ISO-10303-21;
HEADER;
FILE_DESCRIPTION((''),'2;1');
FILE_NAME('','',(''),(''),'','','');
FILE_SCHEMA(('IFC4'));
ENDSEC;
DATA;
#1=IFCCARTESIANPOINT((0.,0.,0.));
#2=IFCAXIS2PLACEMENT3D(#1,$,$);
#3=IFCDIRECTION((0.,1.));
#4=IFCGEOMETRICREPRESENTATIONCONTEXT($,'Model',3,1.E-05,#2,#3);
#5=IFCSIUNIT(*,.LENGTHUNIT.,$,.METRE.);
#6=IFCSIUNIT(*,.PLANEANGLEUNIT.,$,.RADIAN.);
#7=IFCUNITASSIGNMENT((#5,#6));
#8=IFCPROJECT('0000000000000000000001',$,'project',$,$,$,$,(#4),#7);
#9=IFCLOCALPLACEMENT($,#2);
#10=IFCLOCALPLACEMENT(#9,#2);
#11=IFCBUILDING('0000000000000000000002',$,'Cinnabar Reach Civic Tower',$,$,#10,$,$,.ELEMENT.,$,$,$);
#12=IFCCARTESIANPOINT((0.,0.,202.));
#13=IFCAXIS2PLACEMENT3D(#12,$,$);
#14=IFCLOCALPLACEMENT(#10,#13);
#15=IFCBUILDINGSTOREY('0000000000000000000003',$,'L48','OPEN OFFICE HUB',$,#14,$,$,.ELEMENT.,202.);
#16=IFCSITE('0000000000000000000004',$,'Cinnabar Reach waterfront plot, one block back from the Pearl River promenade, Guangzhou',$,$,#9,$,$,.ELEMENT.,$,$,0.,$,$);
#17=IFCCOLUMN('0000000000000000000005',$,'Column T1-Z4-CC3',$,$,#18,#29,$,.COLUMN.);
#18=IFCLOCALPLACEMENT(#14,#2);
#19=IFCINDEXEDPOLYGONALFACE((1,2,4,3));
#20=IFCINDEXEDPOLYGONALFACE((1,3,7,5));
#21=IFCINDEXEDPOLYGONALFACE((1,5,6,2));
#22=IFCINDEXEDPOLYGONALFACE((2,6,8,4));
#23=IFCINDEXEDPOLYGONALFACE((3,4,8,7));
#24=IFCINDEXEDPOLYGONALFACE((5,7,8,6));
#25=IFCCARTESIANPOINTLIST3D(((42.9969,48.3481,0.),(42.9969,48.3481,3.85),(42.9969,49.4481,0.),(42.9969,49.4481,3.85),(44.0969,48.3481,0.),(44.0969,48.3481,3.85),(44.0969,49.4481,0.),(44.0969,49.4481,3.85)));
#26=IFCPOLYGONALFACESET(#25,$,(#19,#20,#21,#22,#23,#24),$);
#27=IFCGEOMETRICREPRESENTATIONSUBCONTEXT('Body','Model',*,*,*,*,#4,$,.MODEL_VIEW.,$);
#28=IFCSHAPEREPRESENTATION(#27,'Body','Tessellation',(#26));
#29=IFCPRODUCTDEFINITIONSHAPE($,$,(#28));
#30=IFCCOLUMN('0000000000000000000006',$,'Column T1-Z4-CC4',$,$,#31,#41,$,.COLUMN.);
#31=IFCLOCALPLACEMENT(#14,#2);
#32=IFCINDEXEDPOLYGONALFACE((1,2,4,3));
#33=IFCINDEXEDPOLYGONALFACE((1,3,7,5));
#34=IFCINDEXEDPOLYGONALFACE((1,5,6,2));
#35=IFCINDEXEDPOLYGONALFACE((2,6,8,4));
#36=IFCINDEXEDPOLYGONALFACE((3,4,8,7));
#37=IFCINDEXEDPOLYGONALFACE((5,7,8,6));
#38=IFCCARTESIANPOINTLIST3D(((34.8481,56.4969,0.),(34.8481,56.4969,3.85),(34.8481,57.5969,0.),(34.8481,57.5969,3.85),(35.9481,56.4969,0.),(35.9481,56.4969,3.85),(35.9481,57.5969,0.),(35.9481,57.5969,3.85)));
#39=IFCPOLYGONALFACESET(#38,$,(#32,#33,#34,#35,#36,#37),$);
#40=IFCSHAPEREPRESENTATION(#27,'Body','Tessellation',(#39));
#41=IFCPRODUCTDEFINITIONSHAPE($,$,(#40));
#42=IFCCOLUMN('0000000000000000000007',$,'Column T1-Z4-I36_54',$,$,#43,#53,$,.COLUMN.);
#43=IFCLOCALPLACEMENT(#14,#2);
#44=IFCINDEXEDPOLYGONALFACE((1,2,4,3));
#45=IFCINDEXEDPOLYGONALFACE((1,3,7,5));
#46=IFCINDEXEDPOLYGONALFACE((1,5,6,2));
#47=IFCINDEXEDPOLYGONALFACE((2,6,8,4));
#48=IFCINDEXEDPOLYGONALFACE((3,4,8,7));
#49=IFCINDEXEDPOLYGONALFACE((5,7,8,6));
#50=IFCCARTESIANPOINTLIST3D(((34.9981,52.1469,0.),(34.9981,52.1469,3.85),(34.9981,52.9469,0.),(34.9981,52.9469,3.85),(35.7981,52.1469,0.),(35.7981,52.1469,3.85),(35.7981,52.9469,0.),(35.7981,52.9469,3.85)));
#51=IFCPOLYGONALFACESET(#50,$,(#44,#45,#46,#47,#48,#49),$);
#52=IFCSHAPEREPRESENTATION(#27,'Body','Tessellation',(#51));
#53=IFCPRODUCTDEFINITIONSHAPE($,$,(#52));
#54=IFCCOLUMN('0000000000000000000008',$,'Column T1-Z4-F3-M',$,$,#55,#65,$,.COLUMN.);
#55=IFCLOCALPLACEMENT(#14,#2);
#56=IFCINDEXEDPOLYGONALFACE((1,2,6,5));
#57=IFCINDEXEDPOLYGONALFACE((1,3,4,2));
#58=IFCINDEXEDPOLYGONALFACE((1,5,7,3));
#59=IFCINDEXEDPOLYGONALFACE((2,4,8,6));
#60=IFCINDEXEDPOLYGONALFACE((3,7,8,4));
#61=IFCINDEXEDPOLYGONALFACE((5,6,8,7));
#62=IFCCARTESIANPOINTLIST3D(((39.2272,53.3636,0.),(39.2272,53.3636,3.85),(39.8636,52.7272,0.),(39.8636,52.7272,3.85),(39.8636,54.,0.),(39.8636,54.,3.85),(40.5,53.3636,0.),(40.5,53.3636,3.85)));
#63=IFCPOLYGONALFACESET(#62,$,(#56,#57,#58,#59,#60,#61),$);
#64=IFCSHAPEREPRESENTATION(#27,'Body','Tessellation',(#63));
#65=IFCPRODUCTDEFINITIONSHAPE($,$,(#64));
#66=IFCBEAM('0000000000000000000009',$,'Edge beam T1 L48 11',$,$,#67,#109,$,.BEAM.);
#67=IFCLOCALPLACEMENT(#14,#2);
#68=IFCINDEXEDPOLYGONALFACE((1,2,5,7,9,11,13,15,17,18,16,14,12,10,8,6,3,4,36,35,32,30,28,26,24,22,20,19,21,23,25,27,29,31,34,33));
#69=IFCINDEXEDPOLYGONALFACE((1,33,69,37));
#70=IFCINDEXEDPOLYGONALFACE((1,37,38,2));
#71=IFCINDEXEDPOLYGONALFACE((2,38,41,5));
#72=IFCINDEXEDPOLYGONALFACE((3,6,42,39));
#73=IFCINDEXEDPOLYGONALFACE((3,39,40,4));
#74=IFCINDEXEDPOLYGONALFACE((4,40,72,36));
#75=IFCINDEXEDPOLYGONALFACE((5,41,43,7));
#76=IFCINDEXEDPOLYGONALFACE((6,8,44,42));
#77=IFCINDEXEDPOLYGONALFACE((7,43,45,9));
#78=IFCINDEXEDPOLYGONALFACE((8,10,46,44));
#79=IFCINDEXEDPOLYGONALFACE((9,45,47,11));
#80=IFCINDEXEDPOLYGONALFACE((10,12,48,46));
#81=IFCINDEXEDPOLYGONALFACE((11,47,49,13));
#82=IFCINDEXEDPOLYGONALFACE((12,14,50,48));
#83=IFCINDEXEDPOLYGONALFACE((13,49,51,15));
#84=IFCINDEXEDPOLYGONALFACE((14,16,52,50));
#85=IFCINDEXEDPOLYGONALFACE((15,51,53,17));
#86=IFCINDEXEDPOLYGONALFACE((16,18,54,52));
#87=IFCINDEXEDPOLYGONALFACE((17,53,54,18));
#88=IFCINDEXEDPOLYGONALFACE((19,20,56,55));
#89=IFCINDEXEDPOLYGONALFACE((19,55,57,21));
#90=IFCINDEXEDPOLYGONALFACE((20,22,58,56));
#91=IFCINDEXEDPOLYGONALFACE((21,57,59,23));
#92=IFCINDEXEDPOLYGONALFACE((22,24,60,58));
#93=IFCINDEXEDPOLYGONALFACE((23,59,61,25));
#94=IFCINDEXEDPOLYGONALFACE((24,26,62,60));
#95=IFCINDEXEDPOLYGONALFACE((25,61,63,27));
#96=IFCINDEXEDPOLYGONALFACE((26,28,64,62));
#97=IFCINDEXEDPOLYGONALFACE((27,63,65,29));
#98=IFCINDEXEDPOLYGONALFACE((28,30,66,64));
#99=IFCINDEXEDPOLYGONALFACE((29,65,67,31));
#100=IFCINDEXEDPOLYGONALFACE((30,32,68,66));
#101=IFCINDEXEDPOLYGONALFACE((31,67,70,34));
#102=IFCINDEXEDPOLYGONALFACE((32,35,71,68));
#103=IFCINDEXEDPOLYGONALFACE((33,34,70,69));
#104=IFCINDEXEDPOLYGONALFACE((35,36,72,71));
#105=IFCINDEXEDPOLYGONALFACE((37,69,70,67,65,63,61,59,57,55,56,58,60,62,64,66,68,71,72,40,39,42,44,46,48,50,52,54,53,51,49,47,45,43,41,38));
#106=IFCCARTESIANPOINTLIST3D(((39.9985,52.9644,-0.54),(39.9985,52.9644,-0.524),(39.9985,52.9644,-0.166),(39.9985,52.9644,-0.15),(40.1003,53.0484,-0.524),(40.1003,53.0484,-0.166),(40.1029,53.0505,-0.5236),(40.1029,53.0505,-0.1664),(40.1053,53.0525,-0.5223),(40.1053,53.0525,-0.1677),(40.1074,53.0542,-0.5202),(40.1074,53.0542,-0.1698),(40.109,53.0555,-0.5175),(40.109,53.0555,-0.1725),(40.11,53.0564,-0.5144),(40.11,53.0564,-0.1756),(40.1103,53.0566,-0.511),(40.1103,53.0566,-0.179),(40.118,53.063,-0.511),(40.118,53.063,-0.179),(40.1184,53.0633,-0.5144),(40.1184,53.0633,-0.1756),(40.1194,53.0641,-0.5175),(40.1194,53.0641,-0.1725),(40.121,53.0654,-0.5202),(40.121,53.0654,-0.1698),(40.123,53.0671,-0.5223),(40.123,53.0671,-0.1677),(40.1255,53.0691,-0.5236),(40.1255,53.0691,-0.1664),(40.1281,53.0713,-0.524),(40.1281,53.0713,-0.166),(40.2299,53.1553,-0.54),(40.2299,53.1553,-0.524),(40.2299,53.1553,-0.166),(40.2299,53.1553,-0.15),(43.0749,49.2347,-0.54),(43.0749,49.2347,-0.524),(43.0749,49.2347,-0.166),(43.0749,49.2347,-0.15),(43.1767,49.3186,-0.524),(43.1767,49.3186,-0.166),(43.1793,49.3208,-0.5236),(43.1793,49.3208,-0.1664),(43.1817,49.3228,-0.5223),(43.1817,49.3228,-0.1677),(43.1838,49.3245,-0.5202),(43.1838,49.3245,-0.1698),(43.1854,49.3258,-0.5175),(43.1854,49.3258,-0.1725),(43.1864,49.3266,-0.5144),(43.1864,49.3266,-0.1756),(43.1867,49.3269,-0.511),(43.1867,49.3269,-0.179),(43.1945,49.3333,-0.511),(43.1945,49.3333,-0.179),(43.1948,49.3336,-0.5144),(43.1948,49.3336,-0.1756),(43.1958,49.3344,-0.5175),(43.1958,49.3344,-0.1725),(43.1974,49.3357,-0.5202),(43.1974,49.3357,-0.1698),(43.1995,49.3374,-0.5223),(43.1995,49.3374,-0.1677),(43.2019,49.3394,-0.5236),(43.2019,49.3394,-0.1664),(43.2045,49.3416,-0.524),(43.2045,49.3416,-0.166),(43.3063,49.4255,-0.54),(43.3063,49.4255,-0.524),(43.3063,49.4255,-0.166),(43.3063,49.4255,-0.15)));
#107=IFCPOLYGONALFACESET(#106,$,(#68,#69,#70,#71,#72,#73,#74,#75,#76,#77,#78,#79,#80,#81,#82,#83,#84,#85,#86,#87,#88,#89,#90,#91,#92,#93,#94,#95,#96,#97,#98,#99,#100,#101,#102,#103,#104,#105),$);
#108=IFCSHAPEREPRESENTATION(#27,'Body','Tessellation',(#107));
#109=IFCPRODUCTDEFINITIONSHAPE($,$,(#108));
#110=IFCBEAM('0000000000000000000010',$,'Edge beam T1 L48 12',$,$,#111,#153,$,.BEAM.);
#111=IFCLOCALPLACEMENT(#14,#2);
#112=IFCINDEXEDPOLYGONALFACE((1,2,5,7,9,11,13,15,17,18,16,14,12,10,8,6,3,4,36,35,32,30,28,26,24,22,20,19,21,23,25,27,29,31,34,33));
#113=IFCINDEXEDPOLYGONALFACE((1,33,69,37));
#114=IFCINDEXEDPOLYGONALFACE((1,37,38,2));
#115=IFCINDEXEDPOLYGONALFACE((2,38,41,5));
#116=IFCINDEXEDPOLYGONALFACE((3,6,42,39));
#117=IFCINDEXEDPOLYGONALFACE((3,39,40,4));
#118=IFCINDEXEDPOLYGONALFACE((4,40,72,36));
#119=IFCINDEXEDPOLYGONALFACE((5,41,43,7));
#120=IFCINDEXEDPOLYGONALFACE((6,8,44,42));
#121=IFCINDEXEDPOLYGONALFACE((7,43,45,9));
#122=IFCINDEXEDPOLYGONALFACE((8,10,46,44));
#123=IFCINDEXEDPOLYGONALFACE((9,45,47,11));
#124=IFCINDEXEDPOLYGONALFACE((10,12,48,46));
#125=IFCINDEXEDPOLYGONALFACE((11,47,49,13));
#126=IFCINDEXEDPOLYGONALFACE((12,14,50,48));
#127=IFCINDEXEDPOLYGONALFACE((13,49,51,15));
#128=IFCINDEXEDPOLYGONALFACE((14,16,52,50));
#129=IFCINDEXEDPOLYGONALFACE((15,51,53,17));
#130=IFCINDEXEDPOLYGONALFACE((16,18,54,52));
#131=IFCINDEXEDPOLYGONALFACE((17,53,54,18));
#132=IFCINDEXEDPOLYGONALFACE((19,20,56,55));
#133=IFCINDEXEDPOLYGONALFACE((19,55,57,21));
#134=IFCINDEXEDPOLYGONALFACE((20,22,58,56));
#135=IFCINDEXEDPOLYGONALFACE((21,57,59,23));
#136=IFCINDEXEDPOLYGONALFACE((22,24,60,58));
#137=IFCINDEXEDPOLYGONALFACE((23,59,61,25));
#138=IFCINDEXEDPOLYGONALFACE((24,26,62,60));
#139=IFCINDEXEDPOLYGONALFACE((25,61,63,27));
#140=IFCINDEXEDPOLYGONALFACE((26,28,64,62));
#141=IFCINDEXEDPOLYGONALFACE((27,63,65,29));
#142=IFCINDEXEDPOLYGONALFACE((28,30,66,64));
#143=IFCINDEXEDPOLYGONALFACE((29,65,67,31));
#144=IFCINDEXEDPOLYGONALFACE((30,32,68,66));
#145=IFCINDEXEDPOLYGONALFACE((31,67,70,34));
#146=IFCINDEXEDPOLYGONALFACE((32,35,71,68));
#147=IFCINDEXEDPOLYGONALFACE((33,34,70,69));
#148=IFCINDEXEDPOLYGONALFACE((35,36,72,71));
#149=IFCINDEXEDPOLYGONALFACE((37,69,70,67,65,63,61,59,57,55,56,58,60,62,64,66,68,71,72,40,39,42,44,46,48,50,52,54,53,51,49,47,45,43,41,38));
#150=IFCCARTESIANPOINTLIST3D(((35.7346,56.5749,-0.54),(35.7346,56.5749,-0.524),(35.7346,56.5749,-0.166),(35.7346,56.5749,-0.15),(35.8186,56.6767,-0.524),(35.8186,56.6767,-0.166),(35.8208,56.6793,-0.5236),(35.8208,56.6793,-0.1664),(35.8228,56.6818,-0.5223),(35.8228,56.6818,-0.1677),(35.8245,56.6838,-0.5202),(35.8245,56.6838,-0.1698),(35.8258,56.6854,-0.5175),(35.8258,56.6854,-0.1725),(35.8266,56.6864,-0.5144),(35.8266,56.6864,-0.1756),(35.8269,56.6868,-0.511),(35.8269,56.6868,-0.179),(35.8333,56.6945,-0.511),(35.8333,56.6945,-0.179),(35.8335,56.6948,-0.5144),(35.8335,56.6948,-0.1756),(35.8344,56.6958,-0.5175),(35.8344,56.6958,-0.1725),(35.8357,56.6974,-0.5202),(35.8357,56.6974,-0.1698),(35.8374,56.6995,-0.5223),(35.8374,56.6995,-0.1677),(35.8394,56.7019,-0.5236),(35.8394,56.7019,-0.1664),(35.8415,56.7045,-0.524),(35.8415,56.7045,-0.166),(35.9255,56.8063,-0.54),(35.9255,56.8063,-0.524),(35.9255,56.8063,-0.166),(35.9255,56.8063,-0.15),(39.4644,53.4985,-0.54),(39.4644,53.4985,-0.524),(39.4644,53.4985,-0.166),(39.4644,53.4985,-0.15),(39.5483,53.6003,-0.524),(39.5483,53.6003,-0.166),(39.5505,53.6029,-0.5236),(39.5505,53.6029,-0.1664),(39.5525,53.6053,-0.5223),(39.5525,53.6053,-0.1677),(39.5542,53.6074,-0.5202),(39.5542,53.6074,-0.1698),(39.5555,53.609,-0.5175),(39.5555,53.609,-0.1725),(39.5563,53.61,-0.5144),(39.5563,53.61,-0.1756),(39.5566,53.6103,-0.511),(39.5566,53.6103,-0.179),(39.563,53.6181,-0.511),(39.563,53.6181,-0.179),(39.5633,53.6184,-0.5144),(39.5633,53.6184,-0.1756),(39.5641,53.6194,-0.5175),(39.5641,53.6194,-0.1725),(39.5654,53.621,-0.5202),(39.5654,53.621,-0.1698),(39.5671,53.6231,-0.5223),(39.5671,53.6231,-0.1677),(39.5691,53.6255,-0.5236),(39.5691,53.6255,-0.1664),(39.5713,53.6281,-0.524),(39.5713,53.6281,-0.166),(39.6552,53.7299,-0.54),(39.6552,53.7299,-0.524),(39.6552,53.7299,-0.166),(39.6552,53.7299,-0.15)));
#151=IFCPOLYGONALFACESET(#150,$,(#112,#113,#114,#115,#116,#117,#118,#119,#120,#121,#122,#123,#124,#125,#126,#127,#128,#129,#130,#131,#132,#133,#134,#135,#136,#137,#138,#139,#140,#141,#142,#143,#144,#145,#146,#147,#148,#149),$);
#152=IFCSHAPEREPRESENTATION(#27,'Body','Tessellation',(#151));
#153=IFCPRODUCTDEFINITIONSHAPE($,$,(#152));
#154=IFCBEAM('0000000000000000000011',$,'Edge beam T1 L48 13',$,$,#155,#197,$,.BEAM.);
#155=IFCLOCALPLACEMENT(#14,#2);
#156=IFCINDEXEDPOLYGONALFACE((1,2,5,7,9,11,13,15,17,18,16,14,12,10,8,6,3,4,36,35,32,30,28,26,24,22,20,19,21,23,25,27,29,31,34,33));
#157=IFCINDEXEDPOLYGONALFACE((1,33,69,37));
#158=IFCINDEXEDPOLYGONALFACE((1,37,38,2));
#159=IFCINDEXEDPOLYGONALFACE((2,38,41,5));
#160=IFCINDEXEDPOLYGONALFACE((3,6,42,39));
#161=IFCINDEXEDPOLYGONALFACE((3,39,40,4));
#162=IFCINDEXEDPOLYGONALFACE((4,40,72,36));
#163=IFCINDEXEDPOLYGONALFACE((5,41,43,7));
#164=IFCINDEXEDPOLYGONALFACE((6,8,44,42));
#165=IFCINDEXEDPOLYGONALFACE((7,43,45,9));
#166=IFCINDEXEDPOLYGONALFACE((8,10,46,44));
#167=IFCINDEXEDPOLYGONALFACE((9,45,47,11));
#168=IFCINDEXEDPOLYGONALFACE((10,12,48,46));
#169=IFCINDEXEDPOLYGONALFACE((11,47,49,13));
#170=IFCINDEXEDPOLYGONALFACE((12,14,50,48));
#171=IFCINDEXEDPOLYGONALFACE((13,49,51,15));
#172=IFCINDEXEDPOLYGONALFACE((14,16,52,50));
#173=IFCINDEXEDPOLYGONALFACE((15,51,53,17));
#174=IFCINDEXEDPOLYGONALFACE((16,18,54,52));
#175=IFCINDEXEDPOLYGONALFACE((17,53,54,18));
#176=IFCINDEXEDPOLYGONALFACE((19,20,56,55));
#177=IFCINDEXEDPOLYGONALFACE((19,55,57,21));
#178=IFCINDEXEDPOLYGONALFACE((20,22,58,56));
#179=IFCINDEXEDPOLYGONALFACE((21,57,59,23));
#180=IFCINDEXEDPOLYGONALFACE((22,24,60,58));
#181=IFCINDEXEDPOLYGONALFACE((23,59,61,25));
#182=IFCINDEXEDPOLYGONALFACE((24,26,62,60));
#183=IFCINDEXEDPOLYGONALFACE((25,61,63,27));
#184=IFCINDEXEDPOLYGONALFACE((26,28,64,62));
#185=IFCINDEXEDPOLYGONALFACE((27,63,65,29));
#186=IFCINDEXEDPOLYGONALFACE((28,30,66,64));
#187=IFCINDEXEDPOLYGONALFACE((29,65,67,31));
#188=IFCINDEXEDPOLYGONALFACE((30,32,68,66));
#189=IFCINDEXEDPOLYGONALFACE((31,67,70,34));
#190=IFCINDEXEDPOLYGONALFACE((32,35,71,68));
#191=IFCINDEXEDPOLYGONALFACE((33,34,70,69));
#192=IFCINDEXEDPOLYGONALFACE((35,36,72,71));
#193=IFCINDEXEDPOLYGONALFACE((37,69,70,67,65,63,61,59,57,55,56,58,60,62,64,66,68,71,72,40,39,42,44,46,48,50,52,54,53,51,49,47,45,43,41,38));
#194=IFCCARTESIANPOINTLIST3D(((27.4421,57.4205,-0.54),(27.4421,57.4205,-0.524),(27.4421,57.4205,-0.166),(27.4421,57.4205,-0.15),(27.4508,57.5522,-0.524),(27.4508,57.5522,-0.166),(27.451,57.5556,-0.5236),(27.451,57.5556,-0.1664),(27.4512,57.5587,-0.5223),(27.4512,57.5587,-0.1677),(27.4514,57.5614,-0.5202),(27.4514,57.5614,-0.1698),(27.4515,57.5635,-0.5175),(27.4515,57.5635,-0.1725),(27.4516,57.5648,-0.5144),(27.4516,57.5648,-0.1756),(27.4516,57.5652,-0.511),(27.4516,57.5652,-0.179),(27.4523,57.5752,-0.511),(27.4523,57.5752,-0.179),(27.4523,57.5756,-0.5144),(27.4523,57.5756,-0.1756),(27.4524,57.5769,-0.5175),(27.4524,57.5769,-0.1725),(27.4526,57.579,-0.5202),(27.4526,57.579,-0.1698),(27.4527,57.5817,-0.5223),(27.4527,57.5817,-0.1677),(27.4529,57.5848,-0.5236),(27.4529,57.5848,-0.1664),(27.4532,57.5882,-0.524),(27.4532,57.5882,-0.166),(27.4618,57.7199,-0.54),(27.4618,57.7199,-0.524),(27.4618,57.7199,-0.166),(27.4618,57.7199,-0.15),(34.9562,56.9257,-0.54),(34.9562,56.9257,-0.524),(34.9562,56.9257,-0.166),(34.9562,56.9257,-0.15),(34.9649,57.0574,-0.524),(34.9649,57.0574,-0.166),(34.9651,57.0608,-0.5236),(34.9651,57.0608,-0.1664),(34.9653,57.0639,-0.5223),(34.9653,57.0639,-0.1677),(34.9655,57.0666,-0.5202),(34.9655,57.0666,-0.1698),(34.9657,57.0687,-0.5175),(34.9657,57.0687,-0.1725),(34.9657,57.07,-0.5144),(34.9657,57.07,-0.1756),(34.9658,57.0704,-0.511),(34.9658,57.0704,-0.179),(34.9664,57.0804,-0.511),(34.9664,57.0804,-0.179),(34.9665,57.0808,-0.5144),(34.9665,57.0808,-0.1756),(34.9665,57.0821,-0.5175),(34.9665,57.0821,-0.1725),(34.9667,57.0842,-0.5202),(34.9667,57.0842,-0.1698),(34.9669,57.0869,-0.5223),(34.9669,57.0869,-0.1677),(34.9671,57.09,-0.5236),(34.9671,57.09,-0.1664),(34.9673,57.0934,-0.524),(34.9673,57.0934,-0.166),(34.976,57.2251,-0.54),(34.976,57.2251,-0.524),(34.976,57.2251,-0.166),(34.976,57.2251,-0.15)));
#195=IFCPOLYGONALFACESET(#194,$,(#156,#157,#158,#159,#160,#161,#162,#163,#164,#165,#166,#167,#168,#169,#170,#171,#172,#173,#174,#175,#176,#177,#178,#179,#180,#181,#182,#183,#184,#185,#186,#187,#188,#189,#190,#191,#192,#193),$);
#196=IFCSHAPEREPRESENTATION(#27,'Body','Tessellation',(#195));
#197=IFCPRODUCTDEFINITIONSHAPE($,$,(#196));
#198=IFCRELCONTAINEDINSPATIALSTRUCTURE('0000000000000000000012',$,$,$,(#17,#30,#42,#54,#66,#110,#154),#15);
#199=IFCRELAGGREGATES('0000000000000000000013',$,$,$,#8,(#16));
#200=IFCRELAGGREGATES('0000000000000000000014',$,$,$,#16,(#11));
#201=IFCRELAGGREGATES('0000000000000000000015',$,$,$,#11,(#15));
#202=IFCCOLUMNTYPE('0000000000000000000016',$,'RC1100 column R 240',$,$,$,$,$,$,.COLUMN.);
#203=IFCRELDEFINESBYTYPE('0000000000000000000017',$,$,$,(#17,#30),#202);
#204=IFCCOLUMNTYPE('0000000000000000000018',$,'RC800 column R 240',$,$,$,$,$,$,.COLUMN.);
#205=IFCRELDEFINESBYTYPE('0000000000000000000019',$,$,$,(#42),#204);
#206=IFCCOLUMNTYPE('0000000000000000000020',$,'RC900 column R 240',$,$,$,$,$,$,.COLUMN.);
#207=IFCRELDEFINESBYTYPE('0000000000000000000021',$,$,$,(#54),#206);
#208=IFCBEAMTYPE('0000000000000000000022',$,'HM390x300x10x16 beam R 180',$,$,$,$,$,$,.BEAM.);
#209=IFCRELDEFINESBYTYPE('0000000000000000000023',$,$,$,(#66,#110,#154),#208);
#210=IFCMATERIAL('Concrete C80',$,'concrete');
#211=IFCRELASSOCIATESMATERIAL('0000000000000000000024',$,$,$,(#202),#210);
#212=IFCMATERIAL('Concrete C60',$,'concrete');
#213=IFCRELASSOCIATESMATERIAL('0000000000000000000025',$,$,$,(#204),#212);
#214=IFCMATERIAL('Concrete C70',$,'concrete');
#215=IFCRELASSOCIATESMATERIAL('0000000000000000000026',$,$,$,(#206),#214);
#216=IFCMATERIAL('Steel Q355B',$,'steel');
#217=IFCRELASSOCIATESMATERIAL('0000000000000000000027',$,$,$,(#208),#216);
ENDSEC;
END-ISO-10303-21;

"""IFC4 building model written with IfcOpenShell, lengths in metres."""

from ifc_helpers import new_model, si_unit, direction, frame, origin, origin_2d, place, context, subcontext, project, spatial, rectangle, i_section, extrude, material, material_profile, profile_set, type_object, element, save


model = new_model("IFC4")

# Units and contexts
model_context = context("Model", 3, precision=1e-05, world=origin(), true_north=direction((0.0, 1.0)))
body_context = subcontext(model_context, "Body", "Model", "MODEL_VIEW")
ifc_project = project(units=[si_unit("LENGTHUNIT", "METRE"), si_unit("PLANEANGLEUNIT", "RADIAN")], contexts=[model_context])

# Site, building, storey
site_placement = place(None, origin())
site = spatial("IfcSite", under=ifc_project, at=site_placement, Name="Cinnabar Reach waterfront plot, one block back from the Pearl River promenade, Guangzhou", CompositionType="ELEMENT", RefElevation=0.0)
building_placement = place(site_placement, origin())
building = spatial("IfcBuilding", under=site, at=building_placement, Name="Cinnabar Reach Civic Tower", CompositionType="ELEMENT")
storey_placement = place(building_placement, frame((0.0, 0.0, 202.0)))
storey = spatial("IfcBuildingStorey", under=building, at=storey_placement, Name="L48", Description="OPEN OFFICE HUB", CompositionType="ELEMENT", Elevation=202.0)

# Columns
ifc_material_1 = material(Name="Concrete C80", Category="concrete")
ifc_material_profile_1 = material_profile(ifc_material_1, rectangle(XDim=1.1, YDim=1.1, at=origin_2d()), Name="RC1100")
ifc_profile_set_1 = profile_set([ifc_material_profile_1], Name="Concrete C80")
column_type_1 = type_object("IfcColumnType", Name="RC1100 column R 240", PredefinedType="COLUMN", material=ifc_profile_set_1)
for number, where, z_axis, x_axis, name in (
    (1, (43.5469, 48.8981, 0.0), (0.0, 0.0, 1.0), (1.0, 0.0, 0.0), "Column T1-Z4-CC3"),
    (2, (35.3981, 57.0469, 0.0), (0.0, 0.0, 1.0), (1.0, 0.0, 0.0), "Column T1-Z4-CC4"),
):
    element("IfcColumn", number, at=place(storey_placement, frame(where, z_axis=z_axis, x_axis=x_axis)), inside=storey, type_object=column_type_1, Name=name, PredefinedType="COLUMN", context=body_context, shape_type="SweptSolid", body=[
        extrude(rectangle(XDim=1.1, YDim=1.1, at=origin_2d()), origin(), (0.0, 0.0, 1.0), 3.85),
    ])
ifc_material_2 = material(Name="Concrete C60", Category="concrete")
ifc_material_profile_2 = material_profile(ifc_material_2, rectangle(XDim=0.8, YDim=0.8, at=origin_2d()), Name="RC800")
ifc_profile_set_2 = profile_set([ifc_material_profile_2], Name="Concrete C60")
column_type_2 = type_object("IfcColumnType", Name="RC800 column R 240", PredefinedType="COLUMN", material=ifc_profile_set_2)
column_1_placement = place(storey_placement, frame((35.3981, 52.5469, 0.0), z_axis=(0.0, 0.0, 1.0), x_axis=(1.0, 0.0, 0.0)))
element("IfcColumn", 3, at=column_1_placement, inside=storey, type_object=column_type_2, Name="Column T1-Z4-I36_54", PredefinedType="COLUMN", context=body_context, shape_type="SweptSolid", body=[
    extrude(rectangle(XDim=0.8, YDim=0.8, at=origin_2d()), origin(), (0.0, 0.0, 1.0), 3.85),
])
ifc_material_3 = material(Name="Concrete C70", Category="concrete")
ifc_material_profile_3 = material_profile(ifc_material_3, rectangle(XDim=0.9, YDim=0.9, at=origin_2d()), Name="RC900")
ifc_profile_set_3 = profile_set([ifc_material_profile_3], Name="Concrete C70")
column_type_3 = type_object("IfcColumnType", Name="RC900 column R 240", PredefinedType="COLUMN", material=ifc_profile_set_3)
column_2_placement = place(storey_placement, frame((39.8636, 53.3636, 0.0), z_axis=(0.0, 0.0, 1.0), x_axis=(0.707107, 0.707107, 0.0)))
element("IfcColumn", 4, at=column_2_placement, inside=storey, type_object=column_type_3, Name="Column T1-Z4-F3-M", PredefinedType="COLUMN", context=body_context, shape_type="SweptSolid", body=[
    extrude(rectangle(XDim=0.9, YDim=0.9, at=origin_2d()), origin(), (0.0, 0.0, 1.0), 3.85),
])

# Beams
ifc_material_4 = material(Name="Steel Q355B", Category="steel")
ifc_material_profile_4 = material_profile(ifc_material_4, i_section(OverallWidth=0.3, OverallDepth=0.39, WebThickness=0.01, FlangeThickness=0.016, FilletRadius=0.013, at=origin_2d()), Name="HM390x300x10x16")
ifc_profile_set_4 = profile_set([ifc_material_profile_4], Name="Steel Q355B")
beam_type_1 = type_object("IfcBeamType", Name="HM390x300x10x16 beam R 180", PredefinedType="BEAM", material=ifc_profile_set_4)
for number, where, z_axis, x_axis, name in (
    (5, (43.1906, 49.3301, -0.345), (-0.636309, 0.771434, 0.0), (-0.771434, -0.636309, 0.0), "Edge beam T1 L48 11"),
    (6, (39.5598, 53.6142, -0.345), (-0.771434, 0.636309, 0.0), (-0.636309, -0.771434, 0.0), "Edge beam T1 L48 12"),
):
    element("IfcBeam", number, at=place(storey_placement, frame(where, z_axis=z_axis, x_axis=x_axis)), inside=storey, type_object=beam_type_1, Name=name, PredefinedType="BEAM", context=body_context, shape_type="SweptSolid", body=[
        extrude(i_section(OverallWidth=0.3, OverallDepth=0.39, WebThickness=0.01, FlangeThickness=0.016, FilletRadius=0.013, at=origin_2d()), origin(), (0.0, 0.0, 1.0), 4.8348),
    ])
beam_1_placement = place(storey_placement, frame((34.9661, 57.0754, -0.345), z_axis=(-0.997839, 0.065707, 0.0), x_axis=(-0.065707, -0.997839, 0.0)))
element("IfcBeam", 7, at=beam_1_placement, inside=storey, type_object=beam_type_1, Name="Edge beam T1 L48 13", PredefinedType="BEAM", context=body_context, shape_type="SweptSolid", body=[
    extrude(i_section(OverallWidth=0.3, OverallDepth=0.39, WebThickness=0.01, FlangeThickness=0.016, FilletRadius=0.013, at=origin_2d()), origin(), (0.0, 0.0, 1.0), 7.5304),
])

save(model, "model.ifc")
